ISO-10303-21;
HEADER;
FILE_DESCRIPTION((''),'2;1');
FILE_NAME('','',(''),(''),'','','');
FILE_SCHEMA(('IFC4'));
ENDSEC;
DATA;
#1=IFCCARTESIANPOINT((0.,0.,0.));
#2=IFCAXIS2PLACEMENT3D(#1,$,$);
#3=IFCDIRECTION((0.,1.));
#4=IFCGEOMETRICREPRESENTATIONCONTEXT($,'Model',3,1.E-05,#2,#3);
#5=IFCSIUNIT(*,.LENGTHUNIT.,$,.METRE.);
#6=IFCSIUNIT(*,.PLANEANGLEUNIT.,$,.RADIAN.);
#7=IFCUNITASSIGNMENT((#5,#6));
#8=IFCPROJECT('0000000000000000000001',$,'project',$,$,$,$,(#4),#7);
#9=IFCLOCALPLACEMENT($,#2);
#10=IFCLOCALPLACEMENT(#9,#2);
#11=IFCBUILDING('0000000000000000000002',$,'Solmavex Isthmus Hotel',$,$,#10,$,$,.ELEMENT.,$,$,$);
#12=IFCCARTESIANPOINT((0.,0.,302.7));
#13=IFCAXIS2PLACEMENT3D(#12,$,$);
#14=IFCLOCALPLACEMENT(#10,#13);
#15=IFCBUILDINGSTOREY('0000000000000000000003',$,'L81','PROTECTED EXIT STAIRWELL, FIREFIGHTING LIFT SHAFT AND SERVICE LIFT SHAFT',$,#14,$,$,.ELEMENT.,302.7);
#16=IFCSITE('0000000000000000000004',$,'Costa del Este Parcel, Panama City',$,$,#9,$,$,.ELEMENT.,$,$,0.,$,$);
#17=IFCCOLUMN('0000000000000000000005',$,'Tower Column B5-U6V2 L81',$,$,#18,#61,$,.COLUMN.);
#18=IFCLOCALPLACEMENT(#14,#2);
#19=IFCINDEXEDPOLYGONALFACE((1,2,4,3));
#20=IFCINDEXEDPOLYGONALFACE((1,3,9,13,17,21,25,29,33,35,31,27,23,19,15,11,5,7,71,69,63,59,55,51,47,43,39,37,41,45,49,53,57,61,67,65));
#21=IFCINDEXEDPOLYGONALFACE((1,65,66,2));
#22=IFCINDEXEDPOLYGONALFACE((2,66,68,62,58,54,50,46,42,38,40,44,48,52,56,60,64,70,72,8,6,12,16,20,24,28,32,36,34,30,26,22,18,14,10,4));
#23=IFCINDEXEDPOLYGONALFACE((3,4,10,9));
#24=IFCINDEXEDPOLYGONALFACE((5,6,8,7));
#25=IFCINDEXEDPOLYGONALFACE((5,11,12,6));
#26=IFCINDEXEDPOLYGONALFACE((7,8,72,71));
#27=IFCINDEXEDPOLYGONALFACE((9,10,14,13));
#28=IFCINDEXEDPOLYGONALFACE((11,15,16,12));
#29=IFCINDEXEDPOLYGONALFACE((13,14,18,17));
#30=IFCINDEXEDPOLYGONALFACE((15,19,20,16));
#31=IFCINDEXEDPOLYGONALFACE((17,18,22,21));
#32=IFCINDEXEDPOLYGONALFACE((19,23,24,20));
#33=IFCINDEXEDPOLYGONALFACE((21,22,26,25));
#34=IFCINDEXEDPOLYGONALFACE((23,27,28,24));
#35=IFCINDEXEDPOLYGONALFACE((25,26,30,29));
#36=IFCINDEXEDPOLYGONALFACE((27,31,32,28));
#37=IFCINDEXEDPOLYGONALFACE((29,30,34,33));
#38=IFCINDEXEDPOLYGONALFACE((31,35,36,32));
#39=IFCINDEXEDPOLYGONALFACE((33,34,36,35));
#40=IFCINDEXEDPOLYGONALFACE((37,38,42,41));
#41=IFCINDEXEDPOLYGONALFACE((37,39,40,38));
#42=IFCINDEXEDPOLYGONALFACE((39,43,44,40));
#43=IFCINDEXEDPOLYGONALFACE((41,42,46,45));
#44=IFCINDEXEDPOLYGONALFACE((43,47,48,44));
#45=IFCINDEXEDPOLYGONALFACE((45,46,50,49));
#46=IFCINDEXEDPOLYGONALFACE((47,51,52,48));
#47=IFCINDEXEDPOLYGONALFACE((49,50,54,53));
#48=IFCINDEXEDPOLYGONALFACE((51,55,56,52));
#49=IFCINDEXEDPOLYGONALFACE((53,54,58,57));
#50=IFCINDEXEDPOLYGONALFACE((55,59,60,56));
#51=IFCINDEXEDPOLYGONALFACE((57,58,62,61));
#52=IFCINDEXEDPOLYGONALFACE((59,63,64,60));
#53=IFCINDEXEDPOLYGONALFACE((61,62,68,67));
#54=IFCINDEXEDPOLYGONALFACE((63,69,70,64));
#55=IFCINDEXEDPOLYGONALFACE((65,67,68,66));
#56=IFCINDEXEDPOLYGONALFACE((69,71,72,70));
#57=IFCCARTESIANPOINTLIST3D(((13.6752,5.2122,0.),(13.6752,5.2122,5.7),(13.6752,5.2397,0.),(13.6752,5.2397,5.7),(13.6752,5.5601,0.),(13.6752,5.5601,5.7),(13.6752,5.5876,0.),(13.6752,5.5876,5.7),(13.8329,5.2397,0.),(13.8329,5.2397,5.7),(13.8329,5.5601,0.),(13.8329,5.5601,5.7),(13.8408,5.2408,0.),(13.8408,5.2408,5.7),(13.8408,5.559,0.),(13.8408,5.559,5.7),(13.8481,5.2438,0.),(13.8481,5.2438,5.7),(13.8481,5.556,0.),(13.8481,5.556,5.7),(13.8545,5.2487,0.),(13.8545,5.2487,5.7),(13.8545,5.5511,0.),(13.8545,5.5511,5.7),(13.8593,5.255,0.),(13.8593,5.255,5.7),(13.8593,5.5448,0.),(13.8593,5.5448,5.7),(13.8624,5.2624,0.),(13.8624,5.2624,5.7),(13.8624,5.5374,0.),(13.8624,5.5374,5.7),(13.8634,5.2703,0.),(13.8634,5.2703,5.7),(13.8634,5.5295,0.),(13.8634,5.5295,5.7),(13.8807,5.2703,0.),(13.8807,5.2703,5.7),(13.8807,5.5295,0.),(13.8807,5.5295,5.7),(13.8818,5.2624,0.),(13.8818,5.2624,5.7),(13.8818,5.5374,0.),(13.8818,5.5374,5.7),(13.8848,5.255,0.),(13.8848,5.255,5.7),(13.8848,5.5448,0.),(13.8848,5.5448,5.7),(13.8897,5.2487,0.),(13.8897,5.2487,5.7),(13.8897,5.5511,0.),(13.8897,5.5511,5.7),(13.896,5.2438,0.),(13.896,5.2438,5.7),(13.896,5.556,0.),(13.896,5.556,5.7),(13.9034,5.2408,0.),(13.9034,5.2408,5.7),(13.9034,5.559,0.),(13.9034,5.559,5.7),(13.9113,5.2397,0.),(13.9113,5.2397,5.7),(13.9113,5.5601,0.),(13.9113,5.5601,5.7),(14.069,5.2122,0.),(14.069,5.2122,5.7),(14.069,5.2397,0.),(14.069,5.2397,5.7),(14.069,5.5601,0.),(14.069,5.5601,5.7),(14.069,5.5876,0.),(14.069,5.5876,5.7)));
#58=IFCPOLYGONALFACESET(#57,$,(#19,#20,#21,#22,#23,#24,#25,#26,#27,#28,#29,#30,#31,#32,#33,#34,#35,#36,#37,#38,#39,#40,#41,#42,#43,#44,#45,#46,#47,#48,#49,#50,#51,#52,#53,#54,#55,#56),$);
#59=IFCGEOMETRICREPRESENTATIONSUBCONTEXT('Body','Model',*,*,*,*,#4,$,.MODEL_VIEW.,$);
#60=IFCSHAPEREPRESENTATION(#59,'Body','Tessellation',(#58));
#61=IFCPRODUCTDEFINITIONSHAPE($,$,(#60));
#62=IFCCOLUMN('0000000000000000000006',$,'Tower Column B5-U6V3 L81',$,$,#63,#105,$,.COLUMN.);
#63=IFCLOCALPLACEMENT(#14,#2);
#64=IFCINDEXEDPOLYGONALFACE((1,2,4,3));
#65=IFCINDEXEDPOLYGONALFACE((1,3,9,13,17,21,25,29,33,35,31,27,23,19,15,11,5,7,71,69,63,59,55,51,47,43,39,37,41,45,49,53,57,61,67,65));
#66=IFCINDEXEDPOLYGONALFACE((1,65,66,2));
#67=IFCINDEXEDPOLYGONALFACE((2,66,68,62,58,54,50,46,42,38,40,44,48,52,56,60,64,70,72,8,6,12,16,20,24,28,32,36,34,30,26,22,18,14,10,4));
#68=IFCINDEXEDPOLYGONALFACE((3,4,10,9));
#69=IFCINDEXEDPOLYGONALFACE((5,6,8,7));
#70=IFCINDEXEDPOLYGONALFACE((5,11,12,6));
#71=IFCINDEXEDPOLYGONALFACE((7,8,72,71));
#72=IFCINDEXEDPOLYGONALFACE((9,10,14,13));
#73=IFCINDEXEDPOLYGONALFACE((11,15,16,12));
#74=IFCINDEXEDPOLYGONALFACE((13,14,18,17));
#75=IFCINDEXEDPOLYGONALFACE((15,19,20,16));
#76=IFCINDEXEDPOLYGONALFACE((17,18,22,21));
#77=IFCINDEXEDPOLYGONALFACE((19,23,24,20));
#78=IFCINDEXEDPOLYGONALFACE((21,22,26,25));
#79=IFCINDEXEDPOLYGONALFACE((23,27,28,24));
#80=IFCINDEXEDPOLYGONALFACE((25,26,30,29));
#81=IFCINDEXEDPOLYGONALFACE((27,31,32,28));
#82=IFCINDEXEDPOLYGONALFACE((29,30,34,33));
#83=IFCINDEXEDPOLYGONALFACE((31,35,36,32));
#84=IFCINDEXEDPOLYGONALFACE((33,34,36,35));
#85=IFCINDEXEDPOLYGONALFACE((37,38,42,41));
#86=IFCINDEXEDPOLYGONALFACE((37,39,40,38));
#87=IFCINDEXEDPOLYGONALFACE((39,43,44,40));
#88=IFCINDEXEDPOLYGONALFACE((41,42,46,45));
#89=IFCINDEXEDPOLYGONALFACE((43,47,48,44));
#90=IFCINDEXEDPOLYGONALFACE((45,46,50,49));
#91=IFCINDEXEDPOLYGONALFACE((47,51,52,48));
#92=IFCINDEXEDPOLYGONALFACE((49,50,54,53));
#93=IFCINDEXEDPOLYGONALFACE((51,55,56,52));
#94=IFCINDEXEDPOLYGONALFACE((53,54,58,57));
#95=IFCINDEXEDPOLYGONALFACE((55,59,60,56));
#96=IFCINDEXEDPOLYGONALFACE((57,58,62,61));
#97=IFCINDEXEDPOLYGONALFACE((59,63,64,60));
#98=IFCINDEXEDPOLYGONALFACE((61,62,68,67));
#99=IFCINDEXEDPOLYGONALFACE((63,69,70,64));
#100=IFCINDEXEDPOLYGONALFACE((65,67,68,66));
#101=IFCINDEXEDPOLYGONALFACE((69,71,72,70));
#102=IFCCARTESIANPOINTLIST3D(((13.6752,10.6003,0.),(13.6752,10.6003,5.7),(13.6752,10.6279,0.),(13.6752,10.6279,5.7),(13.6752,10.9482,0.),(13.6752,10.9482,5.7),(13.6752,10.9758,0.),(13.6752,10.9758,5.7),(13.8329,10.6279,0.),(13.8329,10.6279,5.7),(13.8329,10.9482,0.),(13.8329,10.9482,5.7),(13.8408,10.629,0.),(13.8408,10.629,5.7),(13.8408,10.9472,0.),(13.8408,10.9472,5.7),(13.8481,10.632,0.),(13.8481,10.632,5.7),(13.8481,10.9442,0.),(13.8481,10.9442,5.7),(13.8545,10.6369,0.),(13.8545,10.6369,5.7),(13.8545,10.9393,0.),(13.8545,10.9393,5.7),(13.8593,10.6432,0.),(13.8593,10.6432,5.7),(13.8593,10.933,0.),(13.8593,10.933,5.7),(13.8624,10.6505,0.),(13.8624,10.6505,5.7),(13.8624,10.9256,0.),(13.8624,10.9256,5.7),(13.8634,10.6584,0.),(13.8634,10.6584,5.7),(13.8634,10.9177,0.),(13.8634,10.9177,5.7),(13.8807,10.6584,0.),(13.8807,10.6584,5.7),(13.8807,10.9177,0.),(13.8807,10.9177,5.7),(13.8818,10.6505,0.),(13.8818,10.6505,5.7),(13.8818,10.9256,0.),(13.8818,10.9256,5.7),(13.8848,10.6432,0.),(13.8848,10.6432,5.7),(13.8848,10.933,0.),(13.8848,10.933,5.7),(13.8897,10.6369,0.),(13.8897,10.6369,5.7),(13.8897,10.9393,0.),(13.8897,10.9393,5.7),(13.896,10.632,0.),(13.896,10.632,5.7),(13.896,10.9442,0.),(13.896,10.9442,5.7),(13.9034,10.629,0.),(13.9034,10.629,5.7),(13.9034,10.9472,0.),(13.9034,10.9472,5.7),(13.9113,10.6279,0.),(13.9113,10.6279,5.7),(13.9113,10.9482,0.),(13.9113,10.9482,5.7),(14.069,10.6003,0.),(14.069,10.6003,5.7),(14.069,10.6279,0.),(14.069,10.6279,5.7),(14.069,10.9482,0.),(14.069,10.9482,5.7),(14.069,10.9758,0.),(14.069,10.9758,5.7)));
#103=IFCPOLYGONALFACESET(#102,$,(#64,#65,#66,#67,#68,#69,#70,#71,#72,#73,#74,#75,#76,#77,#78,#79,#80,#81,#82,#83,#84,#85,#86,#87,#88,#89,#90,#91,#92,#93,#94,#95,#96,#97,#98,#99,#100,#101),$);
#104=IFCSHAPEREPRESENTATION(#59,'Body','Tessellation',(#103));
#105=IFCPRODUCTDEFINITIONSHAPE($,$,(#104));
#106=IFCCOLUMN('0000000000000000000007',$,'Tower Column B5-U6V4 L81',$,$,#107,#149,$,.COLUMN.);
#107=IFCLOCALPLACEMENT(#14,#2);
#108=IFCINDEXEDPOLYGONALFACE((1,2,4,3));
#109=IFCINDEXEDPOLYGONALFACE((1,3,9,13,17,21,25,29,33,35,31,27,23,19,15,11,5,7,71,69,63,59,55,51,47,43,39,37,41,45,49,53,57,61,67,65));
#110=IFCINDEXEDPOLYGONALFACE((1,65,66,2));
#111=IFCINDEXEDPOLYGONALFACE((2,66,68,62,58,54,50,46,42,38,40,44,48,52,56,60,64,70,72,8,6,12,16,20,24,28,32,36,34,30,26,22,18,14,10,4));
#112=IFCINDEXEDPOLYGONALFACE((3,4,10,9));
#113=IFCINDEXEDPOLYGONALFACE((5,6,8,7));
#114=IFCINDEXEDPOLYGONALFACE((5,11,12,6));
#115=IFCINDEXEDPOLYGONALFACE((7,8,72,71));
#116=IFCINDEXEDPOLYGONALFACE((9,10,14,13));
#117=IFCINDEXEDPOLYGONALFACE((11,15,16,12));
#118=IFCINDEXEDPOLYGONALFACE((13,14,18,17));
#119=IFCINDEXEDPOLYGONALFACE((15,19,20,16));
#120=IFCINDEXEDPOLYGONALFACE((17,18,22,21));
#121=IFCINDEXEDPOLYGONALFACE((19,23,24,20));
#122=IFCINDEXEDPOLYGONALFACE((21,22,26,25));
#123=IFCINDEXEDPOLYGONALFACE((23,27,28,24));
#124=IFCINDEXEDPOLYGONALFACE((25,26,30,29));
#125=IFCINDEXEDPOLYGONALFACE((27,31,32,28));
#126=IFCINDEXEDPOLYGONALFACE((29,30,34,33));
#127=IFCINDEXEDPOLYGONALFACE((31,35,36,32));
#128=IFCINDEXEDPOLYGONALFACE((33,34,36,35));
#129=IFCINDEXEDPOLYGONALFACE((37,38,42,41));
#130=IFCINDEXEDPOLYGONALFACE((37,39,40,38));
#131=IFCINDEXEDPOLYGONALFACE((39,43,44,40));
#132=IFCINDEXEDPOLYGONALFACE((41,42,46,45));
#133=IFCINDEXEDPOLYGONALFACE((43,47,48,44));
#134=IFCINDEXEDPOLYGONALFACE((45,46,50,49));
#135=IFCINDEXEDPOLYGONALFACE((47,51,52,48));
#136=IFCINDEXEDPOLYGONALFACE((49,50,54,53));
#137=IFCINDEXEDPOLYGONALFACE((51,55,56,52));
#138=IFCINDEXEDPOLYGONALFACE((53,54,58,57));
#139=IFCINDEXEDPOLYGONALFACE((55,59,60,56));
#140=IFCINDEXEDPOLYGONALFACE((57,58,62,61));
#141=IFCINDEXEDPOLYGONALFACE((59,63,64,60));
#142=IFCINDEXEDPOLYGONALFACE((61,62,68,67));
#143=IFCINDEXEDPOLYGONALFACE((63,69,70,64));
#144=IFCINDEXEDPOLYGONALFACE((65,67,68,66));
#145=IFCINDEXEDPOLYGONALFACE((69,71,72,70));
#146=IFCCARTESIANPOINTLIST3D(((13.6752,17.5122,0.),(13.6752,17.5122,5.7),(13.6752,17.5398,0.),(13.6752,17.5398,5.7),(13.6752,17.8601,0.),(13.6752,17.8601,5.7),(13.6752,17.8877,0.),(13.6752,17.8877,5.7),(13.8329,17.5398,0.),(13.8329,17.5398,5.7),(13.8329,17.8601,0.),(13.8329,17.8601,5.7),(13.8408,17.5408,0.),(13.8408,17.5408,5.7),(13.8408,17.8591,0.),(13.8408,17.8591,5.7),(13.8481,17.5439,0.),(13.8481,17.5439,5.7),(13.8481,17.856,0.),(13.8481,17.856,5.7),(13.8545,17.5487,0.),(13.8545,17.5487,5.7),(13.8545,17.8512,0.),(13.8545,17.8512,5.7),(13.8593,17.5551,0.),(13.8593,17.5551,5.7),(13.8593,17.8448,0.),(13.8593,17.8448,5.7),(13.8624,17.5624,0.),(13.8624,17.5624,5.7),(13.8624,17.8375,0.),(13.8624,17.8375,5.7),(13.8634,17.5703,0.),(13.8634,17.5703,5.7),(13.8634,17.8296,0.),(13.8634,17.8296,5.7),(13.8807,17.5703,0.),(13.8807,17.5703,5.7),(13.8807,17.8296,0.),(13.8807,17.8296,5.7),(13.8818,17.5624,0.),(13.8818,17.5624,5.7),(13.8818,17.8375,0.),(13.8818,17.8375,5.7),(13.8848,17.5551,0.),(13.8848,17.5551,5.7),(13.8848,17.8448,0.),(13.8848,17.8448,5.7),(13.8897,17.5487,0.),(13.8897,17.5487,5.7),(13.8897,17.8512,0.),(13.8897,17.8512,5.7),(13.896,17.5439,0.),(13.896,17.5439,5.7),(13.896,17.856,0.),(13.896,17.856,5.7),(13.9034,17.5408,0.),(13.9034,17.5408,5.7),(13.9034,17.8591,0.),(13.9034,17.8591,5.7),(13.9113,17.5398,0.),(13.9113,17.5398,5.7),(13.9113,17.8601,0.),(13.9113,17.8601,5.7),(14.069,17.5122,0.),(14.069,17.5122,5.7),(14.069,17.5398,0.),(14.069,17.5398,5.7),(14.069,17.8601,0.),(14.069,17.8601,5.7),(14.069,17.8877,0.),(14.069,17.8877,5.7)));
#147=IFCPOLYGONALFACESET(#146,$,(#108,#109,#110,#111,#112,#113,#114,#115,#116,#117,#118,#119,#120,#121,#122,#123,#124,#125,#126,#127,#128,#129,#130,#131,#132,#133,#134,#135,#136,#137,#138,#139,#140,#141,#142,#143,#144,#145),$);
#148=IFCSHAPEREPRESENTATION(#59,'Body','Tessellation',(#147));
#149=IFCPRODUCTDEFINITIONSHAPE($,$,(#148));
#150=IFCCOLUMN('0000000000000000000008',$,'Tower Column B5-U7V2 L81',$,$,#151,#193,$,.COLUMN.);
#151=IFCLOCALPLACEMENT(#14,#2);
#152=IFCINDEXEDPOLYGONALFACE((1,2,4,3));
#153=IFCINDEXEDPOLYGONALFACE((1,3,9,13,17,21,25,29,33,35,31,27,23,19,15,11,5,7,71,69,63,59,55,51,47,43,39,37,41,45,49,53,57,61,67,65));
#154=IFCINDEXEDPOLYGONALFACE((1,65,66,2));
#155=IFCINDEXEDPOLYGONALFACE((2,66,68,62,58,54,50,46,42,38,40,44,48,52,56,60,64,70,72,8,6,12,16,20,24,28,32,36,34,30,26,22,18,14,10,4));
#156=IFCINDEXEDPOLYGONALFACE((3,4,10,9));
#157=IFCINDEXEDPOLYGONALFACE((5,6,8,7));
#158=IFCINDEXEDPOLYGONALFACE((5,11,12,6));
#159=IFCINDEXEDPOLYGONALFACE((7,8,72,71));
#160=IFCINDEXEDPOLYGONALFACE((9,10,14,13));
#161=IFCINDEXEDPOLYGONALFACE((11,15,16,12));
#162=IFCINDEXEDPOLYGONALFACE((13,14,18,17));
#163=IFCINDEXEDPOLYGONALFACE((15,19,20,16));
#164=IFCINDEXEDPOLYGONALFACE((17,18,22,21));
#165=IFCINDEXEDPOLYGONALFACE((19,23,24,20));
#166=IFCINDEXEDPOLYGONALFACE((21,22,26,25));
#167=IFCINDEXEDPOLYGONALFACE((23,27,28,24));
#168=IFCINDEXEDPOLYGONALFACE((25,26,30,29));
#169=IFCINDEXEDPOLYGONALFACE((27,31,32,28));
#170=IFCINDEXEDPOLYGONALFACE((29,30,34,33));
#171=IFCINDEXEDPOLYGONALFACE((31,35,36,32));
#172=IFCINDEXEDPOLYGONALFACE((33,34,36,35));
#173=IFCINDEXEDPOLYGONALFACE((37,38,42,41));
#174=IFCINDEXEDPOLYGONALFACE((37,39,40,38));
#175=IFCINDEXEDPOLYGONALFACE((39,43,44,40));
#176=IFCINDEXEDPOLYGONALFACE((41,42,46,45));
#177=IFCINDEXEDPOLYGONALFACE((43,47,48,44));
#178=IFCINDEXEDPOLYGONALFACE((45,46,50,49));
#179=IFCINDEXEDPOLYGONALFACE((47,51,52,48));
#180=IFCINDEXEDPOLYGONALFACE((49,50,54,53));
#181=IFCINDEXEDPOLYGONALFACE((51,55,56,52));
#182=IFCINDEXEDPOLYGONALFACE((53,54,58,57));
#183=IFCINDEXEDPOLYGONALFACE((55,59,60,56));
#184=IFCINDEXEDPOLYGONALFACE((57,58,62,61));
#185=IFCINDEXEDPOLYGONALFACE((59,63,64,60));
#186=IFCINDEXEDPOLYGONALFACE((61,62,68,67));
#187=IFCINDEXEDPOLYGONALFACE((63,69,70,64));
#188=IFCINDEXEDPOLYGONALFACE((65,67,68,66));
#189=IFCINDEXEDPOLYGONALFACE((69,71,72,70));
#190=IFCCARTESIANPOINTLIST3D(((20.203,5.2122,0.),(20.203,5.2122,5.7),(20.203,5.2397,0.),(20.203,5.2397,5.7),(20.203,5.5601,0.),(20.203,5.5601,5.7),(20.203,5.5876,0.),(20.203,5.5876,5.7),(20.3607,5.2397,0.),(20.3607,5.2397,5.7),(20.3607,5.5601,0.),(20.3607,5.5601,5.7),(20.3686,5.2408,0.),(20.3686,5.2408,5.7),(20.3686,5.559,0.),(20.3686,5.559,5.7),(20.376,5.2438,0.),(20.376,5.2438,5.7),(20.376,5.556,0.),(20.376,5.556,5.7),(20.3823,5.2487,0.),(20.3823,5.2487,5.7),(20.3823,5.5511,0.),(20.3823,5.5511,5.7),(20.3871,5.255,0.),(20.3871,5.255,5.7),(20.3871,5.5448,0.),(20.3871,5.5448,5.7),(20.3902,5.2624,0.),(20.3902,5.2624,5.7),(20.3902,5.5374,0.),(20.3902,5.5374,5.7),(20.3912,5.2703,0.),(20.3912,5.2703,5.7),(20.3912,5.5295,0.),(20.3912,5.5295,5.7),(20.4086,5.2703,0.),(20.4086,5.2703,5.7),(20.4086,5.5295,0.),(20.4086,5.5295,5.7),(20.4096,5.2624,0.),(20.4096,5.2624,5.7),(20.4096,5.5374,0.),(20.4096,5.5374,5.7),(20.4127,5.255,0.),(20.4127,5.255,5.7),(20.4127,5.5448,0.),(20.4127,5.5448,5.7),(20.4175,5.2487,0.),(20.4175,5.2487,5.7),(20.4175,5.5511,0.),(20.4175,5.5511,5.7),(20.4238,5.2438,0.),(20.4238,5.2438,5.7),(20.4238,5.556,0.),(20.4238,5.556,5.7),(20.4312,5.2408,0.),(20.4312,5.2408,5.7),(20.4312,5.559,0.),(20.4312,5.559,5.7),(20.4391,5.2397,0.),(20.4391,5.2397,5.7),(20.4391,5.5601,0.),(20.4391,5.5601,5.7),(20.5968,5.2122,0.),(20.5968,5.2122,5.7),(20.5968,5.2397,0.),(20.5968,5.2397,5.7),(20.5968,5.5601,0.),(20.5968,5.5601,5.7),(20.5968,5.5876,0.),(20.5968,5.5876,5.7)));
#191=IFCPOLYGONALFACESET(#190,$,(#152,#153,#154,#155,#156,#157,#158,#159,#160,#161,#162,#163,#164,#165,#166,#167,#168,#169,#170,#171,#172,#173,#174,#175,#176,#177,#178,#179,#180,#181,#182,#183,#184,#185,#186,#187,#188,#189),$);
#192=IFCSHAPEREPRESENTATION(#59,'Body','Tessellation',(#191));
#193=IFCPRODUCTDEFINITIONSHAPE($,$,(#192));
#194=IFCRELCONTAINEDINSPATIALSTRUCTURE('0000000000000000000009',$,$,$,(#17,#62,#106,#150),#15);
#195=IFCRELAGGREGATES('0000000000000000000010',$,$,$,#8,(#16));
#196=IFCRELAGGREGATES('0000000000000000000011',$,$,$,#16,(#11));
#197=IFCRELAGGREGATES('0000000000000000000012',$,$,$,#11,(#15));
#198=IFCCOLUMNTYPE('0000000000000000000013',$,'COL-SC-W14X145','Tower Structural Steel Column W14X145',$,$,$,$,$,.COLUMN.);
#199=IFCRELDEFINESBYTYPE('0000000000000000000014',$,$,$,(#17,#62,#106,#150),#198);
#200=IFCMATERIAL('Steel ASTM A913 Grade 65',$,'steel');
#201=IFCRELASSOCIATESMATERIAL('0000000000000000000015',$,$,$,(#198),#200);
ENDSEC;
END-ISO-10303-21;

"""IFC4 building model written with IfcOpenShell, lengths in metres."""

from ifc_helpers import new_model, si_unit, direction, frame, origin, origin_2d, place, context, subcontext, project, spatial, i_section, extrude, material, material_profile, profile_set, type_object, element, save


model = new_model("IFC4")

# Units and contexts
model_context = context("Model", 3, precision=1e-05, world=origin(), true_north=direction((0.0, 1.0)))
body_context = subcontext(model_context, "Body", "Model", "MODEL_VIEW")
ifc_project = project(units=[si_unit("LENGTHUNIT", "METRE"), si_unit("PLANEANGLEUNIT", "RADIAN")], contexts=[model_context])

# Site, building, storey
site_placement = place(None, origin())
site = spatial("IfcSite", under=ifc_project, at=site_placement, Name="Costa del Este Parcel, Panama City", CompositionType="ELEMENT", RefElevation=0.0)
building_placement = place(site_placement, origin())
building = spatial("IfcBuilding", under=site, at=building_placement, Name="Solmavex Isthmus Hotel", CompositionType="ELEMENT")
storey_placement = place(building_placement, frame((0.0, 0.0, 302.7)))
storey = spatial("IfcBuildingStorey", under=building, at=storey_placement, Name="L81", Description="PROTECTED EXIT STAIRWELL, FIREFIGHTING LIFT SHAFT AND SERVICE LIFT SHAFT", CompositionType="ELEMENT", Elevation=302.7)

# Columns
ifc_material_1 = material(Name="Steel ASTM A913 Grade 65", Category="steel")
ifc_material_profile_1 = material_profile(ifc_material_1, i_section(OverallWidth=0.3938, OverallDepth=0.3755, WebThickness=0.0173, FlangeThickness=0.0276, FilletRadius=0.0305, at=origin_2d()), Name="W14X145")
ifc_profile_set_1 = profile_set([ifc_material_profile_1], Name="Steel ASTM A913 Grade 65")
column_type = type_object("IfcColumnType", Name="COL-SC-W14X145", Description="Tower Structural Steel Column W14X145", PredefinedType="COLUMN", material=ifc_profile_set_1)
for number, where, z_axis, x_axis, name in (
    (1, (13.8721, 5.3999, 0.0), (0.0, 0.0, 1.0), (1.0, 0.0, 0.0), "Tower Column B5-U6V2 L81"),
    (2, (13.8721, 10.7881, 0.0), (0.0, 0.0, 1.0), (1.0, 0.0, 0.0), "Tower Column B5-U6V3 L81"),
    (3, (13.8721, 17.7, 0.0), (0.0, 0.0, 1.0), (1.0, 0.0, 0.0), "Tower Column B5-U6V4 L81"),
    (4, (20.3999, 5.3999, 0.0), (0.0, 0.0, 1.0), (1.0, 0.0, 0.0), "Tower Column B5-U7V2 L81"),
):
    element("IfcColumn", number, at=place(storey_placement, frame(where, z_axis=z_axis, x_axis=x_axis)), inside=storey, type_object=column_type, Name=name, PredefinedType="COLUMN", context=body_context, shape_type="SweptSolid", body=[
        extrude(i_section(OverallWidth=0.3938, OverallDepth=0.3755, WebThickness=0.0173, FlangeThickness=0.0276, FilletRadius=0.0305, at=origin_2d()), origin(), (0.0, 0.0, 1.0), 5.7),
    ])

save(model, "model.ifc")
